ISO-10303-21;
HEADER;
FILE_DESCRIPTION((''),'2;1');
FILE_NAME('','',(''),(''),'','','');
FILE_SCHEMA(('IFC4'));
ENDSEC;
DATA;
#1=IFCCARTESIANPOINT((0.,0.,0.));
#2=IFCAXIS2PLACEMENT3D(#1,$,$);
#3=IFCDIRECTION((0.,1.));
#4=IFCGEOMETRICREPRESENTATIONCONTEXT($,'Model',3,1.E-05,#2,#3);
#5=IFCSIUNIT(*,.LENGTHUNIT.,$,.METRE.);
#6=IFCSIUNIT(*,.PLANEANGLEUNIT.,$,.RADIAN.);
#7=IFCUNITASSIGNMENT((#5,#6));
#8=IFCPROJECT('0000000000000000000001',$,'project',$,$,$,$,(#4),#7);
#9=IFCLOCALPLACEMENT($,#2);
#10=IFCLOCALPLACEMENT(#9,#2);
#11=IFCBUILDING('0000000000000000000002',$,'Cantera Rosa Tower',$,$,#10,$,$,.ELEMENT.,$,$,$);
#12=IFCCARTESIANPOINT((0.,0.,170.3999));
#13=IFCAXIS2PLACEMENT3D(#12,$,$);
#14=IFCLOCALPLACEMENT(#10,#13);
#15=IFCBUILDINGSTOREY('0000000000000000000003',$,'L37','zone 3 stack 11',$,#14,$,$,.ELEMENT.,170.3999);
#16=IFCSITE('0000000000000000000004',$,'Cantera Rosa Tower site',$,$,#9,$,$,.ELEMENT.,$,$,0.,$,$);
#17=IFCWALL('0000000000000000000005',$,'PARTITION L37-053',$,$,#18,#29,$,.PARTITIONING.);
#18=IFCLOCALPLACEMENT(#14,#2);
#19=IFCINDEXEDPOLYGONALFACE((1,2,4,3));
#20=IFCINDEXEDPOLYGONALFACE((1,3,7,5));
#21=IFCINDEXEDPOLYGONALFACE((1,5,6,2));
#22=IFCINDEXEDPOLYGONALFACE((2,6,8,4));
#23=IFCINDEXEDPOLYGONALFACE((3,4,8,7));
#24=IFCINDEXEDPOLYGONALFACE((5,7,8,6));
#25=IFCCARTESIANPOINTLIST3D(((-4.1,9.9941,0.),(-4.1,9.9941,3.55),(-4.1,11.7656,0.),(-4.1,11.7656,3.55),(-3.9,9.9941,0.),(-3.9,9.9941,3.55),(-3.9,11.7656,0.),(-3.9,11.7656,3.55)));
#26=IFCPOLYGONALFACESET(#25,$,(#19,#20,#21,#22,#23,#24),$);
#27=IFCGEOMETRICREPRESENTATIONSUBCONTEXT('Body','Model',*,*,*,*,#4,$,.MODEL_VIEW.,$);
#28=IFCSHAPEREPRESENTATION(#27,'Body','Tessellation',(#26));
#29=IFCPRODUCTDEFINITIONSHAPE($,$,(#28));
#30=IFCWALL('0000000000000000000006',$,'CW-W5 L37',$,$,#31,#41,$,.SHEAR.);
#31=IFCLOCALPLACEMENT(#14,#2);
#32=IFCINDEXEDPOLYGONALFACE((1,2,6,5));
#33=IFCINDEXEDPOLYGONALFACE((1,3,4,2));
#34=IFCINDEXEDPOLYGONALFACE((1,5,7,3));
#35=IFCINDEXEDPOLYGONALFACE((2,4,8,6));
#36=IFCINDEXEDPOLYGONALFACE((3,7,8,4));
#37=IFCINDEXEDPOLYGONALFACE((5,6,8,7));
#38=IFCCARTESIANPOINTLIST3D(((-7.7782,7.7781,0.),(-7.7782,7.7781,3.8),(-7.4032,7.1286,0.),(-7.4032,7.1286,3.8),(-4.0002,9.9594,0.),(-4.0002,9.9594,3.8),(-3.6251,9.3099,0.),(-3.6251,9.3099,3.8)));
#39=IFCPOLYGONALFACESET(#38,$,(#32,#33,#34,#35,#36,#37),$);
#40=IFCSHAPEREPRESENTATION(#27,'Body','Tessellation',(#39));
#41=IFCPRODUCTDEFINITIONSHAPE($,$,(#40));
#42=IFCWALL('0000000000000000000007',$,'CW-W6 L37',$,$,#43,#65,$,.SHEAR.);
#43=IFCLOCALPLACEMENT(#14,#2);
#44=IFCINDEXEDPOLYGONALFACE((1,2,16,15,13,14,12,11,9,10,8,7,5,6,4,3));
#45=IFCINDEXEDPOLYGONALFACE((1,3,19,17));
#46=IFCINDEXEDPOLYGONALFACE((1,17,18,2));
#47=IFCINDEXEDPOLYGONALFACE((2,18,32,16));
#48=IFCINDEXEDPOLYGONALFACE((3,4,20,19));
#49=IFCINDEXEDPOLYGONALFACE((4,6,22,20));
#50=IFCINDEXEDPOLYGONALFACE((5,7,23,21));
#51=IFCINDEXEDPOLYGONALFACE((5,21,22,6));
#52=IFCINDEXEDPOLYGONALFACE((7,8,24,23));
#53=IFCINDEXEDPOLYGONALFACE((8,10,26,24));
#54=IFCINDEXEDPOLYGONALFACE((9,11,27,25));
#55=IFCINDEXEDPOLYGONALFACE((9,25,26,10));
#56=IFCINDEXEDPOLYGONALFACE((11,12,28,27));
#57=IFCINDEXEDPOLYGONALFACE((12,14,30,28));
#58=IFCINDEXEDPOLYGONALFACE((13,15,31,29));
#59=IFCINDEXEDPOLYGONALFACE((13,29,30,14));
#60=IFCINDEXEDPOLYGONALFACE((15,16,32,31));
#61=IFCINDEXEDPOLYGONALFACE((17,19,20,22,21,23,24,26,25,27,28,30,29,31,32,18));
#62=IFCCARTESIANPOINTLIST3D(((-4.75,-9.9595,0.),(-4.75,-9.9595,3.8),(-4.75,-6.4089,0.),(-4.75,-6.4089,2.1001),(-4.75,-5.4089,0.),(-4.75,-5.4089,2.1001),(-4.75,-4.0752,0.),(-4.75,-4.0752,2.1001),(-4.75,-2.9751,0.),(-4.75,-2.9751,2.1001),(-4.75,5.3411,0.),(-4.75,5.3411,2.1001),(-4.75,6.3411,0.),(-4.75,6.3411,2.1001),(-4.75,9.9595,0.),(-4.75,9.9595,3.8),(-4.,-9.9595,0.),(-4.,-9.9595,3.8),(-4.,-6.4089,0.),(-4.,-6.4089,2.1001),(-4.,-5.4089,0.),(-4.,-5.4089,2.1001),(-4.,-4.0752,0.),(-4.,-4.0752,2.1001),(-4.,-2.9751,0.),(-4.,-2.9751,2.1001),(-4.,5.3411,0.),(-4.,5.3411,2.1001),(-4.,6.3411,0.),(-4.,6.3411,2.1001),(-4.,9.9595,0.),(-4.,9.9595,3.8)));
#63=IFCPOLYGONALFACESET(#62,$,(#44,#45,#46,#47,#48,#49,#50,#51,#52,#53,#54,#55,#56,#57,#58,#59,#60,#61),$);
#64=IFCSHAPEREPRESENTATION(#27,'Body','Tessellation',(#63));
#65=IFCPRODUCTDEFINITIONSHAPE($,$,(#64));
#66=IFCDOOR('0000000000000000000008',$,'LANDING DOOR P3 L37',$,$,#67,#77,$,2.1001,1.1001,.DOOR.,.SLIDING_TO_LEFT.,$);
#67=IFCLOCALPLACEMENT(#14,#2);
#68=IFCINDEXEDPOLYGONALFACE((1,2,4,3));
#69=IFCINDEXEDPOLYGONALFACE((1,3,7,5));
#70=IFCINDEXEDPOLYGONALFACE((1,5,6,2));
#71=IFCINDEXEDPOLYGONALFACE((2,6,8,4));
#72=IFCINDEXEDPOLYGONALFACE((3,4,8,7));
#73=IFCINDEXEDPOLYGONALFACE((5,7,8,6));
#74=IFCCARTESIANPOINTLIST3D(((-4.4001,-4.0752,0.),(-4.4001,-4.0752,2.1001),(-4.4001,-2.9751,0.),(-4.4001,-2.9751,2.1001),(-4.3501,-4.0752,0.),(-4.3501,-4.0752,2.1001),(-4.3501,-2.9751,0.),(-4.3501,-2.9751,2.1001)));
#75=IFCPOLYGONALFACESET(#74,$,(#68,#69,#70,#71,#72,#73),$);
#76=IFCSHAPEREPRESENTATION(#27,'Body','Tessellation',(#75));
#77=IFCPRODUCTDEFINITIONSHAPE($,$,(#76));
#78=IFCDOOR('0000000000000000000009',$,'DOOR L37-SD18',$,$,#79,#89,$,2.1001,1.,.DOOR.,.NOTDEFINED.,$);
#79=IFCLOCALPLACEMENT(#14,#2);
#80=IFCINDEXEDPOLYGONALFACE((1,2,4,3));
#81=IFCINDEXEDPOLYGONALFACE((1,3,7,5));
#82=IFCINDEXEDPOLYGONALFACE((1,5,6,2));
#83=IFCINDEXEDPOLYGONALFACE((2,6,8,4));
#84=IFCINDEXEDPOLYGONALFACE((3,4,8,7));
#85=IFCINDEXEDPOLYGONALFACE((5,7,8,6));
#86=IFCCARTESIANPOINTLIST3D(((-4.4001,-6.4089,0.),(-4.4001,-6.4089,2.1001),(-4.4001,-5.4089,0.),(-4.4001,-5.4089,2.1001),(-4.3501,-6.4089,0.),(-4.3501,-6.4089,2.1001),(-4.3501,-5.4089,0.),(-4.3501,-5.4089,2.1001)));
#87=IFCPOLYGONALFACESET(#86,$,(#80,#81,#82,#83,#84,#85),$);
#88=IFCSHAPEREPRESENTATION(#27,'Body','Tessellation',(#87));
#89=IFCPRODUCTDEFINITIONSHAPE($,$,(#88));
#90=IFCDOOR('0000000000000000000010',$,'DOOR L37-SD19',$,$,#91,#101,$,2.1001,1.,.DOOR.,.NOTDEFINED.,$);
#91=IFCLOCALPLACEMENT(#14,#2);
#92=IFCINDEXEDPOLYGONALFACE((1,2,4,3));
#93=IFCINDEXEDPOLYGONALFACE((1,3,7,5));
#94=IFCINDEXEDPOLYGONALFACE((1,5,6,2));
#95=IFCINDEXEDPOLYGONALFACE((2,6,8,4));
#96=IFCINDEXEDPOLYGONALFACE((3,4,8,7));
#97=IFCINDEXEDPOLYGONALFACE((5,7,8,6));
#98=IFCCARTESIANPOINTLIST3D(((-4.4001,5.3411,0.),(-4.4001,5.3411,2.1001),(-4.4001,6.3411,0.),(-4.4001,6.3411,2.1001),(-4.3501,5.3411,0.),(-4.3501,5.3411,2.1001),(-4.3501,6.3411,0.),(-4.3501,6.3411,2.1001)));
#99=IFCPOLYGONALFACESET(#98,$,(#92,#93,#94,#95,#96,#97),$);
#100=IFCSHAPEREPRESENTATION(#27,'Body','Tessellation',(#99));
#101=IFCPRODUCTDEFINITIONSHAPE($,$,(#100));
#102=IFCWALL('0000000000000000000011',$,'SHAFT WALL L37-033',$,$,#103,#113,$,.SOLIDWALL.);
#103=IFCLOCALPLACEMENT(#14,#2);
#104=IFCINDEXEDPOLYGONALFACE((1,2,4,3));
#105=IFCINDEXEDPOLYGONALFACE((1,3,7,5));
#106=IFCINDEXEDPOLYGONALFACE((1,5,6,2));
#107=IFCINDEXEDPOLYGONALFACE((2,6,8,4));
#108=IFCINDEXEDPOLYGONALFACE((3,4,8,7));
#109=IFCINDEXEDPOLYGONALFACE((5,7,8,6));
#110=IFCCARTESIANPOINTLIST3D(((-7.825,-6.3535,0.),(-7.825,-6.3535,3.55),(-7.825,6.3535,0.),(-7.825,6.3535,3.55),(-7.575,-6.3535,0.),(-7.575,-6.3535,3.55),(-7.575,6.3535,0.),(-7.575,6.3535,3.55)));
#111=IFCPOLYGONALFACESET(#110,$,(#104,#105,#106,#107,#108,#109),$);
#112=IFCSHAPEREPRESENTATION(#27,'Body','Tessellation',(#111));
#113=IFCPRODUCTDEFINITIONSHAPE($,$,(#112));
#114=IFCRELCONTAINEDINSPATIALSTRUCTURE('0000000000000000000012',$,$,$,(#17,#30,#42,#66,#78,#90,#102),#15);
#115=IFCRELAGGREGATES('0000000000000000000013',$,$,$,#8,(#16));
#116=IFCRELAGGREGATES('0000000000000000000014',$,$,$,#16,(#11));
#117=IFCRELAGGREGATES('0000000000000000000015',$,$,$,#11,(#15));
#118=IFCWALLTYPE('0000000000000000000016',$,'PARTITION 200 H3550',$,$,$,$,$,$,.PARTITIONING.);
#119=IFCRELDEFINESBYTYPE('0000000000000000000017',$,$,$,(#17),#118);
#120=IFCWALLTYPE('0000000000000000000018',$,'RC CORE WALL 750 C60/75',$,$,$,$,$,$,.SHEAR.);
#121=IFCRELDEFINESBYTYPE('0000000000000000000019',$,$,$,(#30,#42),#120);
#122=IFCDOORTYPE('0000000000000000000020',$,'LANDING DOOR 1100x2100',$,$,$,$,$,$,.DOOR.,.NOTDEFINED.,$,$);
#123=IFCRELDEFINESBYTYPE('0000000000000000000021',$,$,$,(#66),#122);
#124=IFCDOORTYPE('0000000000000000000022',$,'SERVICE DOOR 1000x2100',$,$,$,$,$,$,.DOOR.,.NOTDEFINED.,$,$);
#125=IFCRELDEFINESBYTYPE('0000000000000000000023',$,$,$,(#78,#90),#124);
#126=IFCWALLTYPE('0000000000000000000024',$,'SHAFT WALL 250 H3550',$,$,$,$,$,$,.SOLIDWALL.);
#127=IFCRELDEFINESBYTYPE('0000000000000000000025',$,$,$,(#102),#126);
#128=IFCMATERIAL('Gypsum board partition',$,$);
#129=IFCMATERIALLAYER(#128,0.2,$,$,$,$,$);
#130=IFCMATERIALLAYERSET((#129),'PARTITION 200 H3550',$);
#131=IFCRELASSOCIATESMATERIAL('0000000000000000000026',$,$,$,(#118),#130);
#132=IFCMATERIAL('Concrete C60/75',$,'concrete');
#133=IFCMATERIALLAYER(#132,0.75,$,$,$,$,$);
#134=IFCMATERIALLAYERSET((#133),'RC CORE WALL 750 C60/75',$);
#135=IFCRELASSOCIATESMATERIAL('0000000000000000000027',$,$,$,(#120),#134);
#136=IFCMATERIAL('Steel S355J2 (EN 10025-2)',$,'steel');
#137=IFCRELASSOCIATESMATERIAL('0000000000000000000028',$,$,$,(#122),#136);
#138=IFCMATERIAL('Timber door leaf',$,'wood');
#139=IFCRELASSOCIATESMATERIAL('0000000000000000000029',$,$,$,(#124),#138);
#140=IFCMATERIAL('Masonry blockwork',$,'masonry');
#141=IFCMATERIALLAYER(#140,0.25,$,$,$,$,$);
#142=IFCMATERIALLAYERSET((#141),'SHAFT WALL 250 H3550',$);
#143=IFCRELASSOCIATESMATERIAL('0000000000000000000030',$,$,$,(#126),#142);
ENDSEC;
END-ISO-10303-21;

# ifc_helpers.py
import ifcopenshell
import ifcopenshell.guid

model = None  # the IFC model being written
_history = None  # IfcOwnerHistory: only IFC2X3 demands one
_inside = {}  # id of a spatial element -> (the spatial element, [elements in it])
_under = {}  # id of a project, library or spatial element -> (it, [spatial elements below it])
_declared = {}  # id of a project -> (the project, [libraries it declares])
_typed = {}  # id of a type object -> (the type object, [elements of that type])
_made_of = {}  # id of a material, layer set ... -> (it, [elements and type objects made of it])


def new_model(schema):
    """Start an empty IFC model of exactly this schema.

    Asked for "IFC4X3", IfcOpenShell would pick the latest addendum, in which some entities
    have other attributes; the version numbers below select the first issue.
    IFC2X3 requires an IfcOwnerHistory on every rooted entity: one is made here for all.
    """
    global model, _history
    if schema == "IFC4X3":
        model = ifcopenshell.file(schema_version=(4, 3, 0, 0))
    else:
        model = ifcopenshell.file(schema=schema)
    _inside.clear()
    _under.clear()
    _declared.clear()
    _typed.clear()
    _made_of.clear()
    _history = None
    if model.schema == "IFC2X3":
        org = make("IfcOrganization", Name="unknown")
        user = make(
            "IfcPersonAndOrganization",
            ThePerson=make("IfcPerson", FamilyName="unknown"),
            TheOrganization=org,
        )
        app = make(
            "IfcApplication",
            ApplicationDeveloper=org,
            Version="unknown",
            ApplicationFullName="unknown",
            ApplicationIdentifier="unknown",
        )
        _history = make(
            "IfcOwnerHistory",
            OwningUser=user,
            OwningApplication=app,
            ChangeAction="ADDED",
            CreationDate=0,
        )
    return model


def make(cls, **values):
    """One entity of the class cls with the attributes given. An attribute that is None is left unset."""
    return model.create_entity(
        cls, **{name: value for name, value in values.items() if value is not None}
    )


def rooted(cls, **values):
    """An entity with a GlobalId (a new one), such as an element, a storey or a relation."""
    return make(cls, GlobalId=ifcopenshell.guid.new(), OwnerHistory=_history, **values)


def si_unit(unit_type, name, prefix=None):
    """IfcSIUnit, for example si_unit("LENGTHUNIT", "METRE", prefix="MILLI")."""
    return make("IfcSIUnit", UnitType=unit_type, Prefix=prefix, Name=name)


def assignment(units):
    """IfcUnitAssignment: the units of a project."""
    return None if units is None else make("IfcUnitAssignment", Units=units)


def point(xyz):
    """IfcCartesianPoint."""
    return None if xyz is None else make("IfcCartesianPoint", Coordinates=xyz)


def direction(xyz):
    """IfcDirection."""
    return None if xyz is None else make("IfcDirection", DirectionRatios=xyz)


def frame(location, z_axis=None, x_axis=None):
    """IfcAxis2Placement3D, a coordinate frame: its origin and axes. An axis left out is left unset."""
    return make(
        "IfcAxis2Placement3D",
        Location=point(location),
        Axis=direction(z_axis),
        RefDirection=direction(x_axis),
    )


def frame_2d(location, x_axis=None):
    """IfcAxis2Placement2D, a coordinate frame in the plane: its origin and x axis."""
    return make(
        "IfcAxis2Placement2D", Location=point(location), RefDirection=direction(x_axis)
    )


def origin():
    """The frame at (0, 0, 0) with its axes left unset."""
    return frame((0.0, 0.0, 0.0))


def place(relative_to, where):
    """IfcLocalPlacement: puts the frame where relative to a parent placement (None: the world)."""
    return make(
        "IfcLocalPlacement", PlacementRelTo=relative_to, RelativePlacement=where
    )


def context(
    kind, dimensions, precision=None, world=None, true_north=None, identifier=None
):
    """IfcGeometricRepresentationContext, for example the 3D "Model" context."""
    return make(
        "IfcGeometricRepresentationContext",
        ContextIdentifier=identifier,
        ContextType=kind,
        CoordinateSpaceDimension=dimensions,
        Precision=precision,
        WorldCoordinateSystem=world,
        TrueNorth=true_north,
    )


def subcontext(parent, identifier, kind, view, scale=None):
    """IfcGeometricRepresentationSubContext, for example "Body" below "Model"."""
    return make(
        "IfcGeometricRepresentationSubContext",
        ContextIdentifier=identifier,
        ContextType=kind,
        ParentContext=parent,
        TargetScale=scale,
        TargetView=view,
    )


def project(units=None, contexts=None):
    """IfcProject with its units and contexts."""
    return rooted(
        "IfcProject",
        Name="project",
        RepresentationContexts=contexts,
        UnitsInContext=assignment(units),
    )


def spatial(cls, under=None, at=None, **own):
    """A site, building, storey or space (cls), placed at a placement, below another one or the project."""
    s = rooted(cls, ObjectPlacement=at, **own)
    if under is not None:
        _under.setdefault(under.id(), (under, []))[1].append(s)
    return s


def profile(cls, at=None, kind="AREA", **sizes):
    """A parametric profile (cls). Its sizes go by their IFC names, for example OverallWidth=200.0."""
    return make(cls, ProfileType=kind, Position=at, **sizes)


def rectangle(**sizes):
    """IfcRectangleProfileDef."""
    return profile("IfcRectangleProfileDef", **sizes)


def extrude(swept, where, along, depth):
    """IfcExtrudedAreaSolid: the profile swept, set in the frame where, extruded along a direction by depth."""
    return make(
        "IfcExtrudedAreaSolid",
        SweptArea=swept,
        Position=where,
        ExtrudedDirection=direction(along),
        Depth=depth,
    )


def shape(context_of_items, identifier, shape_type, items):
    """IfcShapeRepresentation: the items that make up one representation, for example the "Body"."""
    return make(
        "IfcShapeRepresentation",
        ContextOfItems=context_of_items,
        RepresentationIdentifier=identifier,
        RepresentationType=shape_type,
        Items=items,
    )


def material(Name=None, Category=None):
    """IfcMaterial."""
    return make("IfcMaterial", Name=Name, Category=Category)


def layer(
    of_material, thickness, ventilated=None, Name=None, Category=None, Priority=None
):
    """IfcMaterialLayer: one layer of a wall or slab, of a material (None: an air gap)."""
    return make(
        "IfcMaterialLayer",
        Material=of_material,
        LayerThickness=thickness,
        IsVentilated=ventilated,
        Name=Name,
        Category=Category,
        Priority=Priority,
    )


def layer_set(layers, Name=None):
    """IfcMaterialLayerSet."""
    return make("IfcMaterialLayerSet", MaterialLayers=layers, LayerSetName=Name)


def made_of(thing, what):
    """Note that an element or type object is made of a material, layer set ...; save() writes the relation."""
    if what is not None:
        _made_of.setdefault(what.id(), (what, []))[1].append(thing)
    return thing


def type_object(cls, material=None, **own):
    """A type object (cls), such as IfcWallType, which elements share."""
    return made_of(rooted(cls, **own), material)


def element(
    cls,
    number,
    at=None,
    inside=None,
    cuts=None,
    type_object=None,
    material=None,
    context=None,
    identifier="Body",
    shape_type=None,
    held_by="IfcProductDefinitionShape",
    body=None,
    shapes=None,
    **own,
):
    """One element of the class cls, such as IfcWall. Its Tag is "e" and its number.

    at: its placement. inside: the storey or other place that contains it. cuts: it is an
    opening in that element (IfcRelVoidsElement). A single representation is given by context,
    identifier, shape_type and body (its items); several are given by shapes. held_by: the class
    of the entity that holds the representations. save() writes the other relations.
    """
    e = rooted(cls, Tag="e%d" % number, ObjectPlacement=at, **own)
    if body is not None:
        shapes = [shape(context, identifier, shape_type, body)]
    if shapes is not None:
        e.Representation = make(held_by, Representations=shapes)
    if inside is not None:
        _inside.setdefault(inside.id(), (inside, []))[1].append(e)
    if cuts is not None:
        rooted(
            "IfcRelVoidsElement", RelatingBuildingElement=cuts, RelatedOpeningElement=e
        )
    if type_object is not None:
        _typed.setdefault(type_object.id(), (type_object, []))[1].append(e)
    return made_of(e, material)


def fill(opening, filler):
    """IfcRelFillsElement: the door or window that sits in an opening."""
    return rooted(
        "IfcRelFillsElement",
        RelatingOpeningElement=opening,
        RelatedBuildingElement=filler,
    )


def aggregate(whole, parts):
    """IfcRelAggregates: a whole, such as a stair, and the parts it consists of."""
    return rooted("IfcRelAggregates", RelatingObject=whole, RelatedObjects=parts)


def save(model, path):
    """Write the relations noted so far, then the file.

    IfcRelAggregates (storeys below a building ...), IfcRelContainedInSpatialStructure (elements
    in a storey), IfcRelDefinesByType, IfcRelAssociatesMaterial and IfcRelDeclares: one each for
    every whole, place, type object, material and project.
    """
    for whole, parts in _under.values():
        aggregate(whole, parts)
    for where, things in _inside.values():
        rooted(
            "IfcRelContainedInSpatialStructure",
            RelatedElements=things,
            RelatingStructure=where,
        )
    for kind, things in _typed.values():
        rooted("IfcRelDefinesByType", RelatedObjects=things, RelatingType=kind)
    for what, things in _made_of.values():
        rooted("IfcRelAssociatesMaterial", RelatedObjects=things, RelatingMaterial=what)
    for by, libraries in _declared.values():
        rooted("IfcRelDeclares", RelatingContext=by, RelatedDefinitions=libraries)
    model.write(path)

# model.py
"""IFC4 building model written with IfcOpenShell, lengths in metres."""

from ifc_helpers import new_model, si_unit, direction, frame, frame_2d, origin, place, context, subcontext, project, spatial, rectangle, extrude, material, layer, layer_set, type_object, element, fill, save


model = new_model("IFC4")

# Units and contexts
model_context = context("Model", 3, precision=1e-05, world=origin(), true_north=direction((0.0, 1.0)))
body_context = subcontext(model_context, "Body", "Model", "MODEL_VIEW")
ifc_project = project(units=[si_unit("LENGTHUNIT", "METRE"), si_unit("PLANEANGLEUNIT", "RADIAN")], contexts=[model_context])

# Site, building, storey
site_placement = place(None, origin())
site = spatial("IfcSite", under=ifc_project, at=site_placement, Name="Cantera Rosa Tower site", CompositionType="ELEMENT", RefElevation=0.0)
building_placement = place(site_placement, origin())
building = spatial("IfcBuilding", under=site, at=building_placement, Name="Cantera Rosa Tower", CompositionType="ELEMENT")
storey_placement = place(building_placement, frame((0.0, 0.0, 170.3999)))
storey = spatial("IfcBuildingStorey", under=building, at=storey_placement, Name="L37", Description="zone 3 stack 11", CompositionType="ELEMENT", Elevation=170.3999)

# Walls
ifc_material_1 = material(Name="Gypsum board partition")
ifc_layer_1 = layer(ifc_material_1, 0.2)
ifc_layer_set_1 = layer_set([ifc_layer_1], Name="PARTITION 200 H3550")
wall_type_1 = type_object("IfcWallType", Name="PARTITION 200 H3550", PredefinedType="PARTITIONING", material=ifc_layer_set_1)
wall_1_placement = place(storey_placement, frame((-4.0, 11.7656, 0.0), z_axis=(0.0, 0.0, 1.0), x_axis=(0.0, -1.0, 0.0)))
element("IfcWall", 1, at=wall_1_placement, inside=storey, type_object=wall_type_1, Name="PARTITION L37-053", PredefinedType="PARTITIONING", context=body_context, shape_type="SweptSolid", body=[
    extrude(rectangle(XDim=1.7715, YDim=0.2, at=frame_2d((0.8857, 0.0))), origin(), (0.0, 0.0, 1.0), 3.55),
])
ifc_material_2 = material(Name="Concrete C60/75", Category="concrete")
ifc_layer_2 = layer(ifc_material_2, 0.75)
ifc_layer_set_2 = layer_set([ifc_layer_2], Name="RC CORE WALL 750 C60/75")
wall_type_2 = type_object("IfcWallType", Name="RC CORE WALL 750 C60/75", PredefinedType="SHEAR", material=ifc_layer_set_2)
wall_2_placement = place(storey_placement, frame((-7.5906, 7.4534, 0.0), z_axis=(0.0, 0.0, 1.0), x_axis=(0.866013, 0.500021, 0.0)))
element("IfcWall", 2, at=wall_2_placement, inside=storey, type_object=wall_type_2, Name="CW-W5 L37", PredefinedType="SHEAR", context=body_context, shape_type="SweptSolid", body=[
    extrude(rectangle(XDim=4.3625, YDim=0.75, at=frame_2d((2.1812, 0.0))), origin(), (0.0, 0.0, 1.0), 3.8),
])

# Wall, openings, doors
wall_3_placement = place(storey_placement, frame((-4.375, 9.9595, 0.0), z_axis=(0.0, 0.0, 1.0), x_axis=(0.0, -1.0, 0.0)))
wall_3 = element("IfcWall", 3, at=wall_3_placement, inside=storey, type_object=wall_type_2, Name="CW-W6 L37", PredefinedType="SHEAR", context=body_context, shape_type="SweptSolid", body=[
    extrude(rectangle(XDim=19.9189, YDim=0.75, at=frame_2d((9.9595, 0.0))), origin(), (0.0, 0.0, 1.0), 3.8),
])
opening_1_placement = place(wall_3_placement, frame((12.9346, 0.0, 0.0)))
opening_1 = element("IfcOpeningElement", 4, at=opening_1_placement, cuts=wall_3, PredefinedType="OPENING", context=body_context, shape_type="SweptSolid", body=[
    extrude(rectangle(XDim=1.1001, YDim=2.1001, at=frame_2d((0.55, 1.05))), frame((0.0, 0.385, 0.0), z_axis=(0.0, -1.0, 0.0), x_axis=(1.0, 0.0, 0.0)), (0.0, 0.0, 1.0), 0.77),
])
opening_2_placement = place(wall_3_placement, frame((15.3684, 0.0, 0.0)))
opening_2 = element("IfcOpeningElement", 5, at=opening_2_placement, cuts=wall_3, PredefinedType="OPENING", context=body_context, shape_type="SweptSolid", body=[
    extrude(rectangle(XDim=1.0, YDim=2.1001, at=frame_2d((0.5, 1.05))), frame((0.0, 0.385, 0.0), z_axis=(0.0, -1.0, 0.0), x_axis=(1.0, 0.0, 0.0)), (0.0, 0.0, 1.0), 0.77),
])
opening_3_placement = place(wall_3_placement, frame((3.6184, 0.0, 0.0)))
opening_3 = element("IfcOpeningElement", 6, at=opening_3_placement, cuts=wall_3, PredefinedType="OPENING", context=body_context, shape_type="SweptSolid", body=[
    extrude(rectangle(XDim=1.0, YDim=2.1001, at=frame_2d((0.5, 1.05))), frame((0.0, 0.385, 0.0), z_axis=(0.0, -1.0, 0.0), x_axis=(1.0, 0.0, 0.0)), (0.0, 0.0, 1.0), 0.77),
])
ifc_material_3 = material(Name="Steel S355J2 (EN 10025-2)", Category="steel")
door_type_1 = type_object("IfcDoorType", Name="LANDING DOOR 1100x2100", OperationType="NOTDEFINED", PredefinedType="DOOR", material=ifc_material_3)
door_1_placement = place(opening_1_placement, origin())
door_1 = element("IfcDoor", 7, at=door_1_placement, inside=storey, type_object=door_type_1, Name="LANDING DOOR P3 L37", OperationType="SLIDING_TO_LEFT", OverallHeight=2.1001, OverallWidth=1.1001, PredefinedType="DOOR", context=body_context, shape_type="SweptSolid", body=[
    extrude(rectangle(XDim=1.1001, YDim=2.1001, at=frame_2d((0.55, 1.05))), frame((0.0, 0.0249, 0.0), z_axis=(0.0, -1.0, 0.0), x_axis=(1.0, 0.0, 0.0)), (0.0, 0.0, 1.0), 0.05),
])
fill(opening_1, door_1)
ifc_material_4 = material(Name="Timber door leaf", Category="wood")
door_type_2 = type_object("IfcDoorType", Name="SERVICE DOOR 1000x2100", OperationType="NOTDEFINED", PredefinedType="DOOR", material=ifc_material_4)
door_2_placement = place(opening_2_placement, origin())
door_2 = element("IfcDoor", 8, at=door_2_placement, inside=storey, type_object=door_type_2, Name="DOOR L37-SD18", OperationType="NOTDEFINED", OverallHeight=2.1001, OverallWidth=1.0, PredefinedType="DOOR", context=body_context, shape_type="SweptSolid", body=[
    extrude(rectangle(XDim=1.0, YDim=2.1001, at=frame_2d((0.5, 1.05))), frame((0.0, 0.0249, 0.0), z_axis=(0.0, -1.0, 0.0), x_axis=(1.0, 0.0, 0.0)), (0.0, 0.0, 1.0), 0.05),
])
fill(opening_2, door_2)
door_3_placement = place(opening_3_placement, origin())
door_3 = element("IfcDoor", 9, at=door_3_placement, inside=storey, type_object=door_type_2, Name="DOOR L37-SD19", OperationType="NOTDEFINED", OverallHeight=2.1001, OverallWidth=1.0, PredefinedType="DOOR", context=body_context, shape_type="SweptSolid", body=[
    extrude(rectangle(XDim=1.0, YDim=2.1001, at=frame_2d((0.5, 1.05))), frame((0.0, 0.0249, 0.0), z_axis=(0.0, -1.0, 0.0), x_axis=(1.0, 0.0, 0.0)), (0.0, 0.0, 1.0), 0.05),
])
fill(opening_3, door_3)

# Wall
ifc_material_5 = material(Name="Masonry blockwork", Category="masonry")
ifc_layer_3 = layer(ifc_material_5, 0.25)
ifc_layer_set_3 = layer_set([ifc_layer_3], Name="SHAFT WALL 250 H3550")
wall_type_3 = type_object("IfcWallType", Name="SHAFT WALL 250 H3550", PredefinedType="SOLIDWALL", material=ifc_layer_set_3)
wall_4_placement = place(storey_placement, frame((-7.7, 6.3535, 0.0), z_axis=(0.0, 0.0, 1.0), x_axis=(0.0, -1.0, 0.0)))
element("IfcWall", 10, at=wall_4_placement, inside=storey, type_object=wall_type_3, Name="SHAFT WALL L37-033", PredefinedType="SOLIDWALL", context=body_context, shape_type="SweptSolid", body=[
    extrude(rectangle(XDim=12.707, YDim=0.25, at=frame_2d((6.3535, 0.0))), origin(), (0.0, 0.0, 1.0), 3.55),
])

save(model, "model.ifc")
